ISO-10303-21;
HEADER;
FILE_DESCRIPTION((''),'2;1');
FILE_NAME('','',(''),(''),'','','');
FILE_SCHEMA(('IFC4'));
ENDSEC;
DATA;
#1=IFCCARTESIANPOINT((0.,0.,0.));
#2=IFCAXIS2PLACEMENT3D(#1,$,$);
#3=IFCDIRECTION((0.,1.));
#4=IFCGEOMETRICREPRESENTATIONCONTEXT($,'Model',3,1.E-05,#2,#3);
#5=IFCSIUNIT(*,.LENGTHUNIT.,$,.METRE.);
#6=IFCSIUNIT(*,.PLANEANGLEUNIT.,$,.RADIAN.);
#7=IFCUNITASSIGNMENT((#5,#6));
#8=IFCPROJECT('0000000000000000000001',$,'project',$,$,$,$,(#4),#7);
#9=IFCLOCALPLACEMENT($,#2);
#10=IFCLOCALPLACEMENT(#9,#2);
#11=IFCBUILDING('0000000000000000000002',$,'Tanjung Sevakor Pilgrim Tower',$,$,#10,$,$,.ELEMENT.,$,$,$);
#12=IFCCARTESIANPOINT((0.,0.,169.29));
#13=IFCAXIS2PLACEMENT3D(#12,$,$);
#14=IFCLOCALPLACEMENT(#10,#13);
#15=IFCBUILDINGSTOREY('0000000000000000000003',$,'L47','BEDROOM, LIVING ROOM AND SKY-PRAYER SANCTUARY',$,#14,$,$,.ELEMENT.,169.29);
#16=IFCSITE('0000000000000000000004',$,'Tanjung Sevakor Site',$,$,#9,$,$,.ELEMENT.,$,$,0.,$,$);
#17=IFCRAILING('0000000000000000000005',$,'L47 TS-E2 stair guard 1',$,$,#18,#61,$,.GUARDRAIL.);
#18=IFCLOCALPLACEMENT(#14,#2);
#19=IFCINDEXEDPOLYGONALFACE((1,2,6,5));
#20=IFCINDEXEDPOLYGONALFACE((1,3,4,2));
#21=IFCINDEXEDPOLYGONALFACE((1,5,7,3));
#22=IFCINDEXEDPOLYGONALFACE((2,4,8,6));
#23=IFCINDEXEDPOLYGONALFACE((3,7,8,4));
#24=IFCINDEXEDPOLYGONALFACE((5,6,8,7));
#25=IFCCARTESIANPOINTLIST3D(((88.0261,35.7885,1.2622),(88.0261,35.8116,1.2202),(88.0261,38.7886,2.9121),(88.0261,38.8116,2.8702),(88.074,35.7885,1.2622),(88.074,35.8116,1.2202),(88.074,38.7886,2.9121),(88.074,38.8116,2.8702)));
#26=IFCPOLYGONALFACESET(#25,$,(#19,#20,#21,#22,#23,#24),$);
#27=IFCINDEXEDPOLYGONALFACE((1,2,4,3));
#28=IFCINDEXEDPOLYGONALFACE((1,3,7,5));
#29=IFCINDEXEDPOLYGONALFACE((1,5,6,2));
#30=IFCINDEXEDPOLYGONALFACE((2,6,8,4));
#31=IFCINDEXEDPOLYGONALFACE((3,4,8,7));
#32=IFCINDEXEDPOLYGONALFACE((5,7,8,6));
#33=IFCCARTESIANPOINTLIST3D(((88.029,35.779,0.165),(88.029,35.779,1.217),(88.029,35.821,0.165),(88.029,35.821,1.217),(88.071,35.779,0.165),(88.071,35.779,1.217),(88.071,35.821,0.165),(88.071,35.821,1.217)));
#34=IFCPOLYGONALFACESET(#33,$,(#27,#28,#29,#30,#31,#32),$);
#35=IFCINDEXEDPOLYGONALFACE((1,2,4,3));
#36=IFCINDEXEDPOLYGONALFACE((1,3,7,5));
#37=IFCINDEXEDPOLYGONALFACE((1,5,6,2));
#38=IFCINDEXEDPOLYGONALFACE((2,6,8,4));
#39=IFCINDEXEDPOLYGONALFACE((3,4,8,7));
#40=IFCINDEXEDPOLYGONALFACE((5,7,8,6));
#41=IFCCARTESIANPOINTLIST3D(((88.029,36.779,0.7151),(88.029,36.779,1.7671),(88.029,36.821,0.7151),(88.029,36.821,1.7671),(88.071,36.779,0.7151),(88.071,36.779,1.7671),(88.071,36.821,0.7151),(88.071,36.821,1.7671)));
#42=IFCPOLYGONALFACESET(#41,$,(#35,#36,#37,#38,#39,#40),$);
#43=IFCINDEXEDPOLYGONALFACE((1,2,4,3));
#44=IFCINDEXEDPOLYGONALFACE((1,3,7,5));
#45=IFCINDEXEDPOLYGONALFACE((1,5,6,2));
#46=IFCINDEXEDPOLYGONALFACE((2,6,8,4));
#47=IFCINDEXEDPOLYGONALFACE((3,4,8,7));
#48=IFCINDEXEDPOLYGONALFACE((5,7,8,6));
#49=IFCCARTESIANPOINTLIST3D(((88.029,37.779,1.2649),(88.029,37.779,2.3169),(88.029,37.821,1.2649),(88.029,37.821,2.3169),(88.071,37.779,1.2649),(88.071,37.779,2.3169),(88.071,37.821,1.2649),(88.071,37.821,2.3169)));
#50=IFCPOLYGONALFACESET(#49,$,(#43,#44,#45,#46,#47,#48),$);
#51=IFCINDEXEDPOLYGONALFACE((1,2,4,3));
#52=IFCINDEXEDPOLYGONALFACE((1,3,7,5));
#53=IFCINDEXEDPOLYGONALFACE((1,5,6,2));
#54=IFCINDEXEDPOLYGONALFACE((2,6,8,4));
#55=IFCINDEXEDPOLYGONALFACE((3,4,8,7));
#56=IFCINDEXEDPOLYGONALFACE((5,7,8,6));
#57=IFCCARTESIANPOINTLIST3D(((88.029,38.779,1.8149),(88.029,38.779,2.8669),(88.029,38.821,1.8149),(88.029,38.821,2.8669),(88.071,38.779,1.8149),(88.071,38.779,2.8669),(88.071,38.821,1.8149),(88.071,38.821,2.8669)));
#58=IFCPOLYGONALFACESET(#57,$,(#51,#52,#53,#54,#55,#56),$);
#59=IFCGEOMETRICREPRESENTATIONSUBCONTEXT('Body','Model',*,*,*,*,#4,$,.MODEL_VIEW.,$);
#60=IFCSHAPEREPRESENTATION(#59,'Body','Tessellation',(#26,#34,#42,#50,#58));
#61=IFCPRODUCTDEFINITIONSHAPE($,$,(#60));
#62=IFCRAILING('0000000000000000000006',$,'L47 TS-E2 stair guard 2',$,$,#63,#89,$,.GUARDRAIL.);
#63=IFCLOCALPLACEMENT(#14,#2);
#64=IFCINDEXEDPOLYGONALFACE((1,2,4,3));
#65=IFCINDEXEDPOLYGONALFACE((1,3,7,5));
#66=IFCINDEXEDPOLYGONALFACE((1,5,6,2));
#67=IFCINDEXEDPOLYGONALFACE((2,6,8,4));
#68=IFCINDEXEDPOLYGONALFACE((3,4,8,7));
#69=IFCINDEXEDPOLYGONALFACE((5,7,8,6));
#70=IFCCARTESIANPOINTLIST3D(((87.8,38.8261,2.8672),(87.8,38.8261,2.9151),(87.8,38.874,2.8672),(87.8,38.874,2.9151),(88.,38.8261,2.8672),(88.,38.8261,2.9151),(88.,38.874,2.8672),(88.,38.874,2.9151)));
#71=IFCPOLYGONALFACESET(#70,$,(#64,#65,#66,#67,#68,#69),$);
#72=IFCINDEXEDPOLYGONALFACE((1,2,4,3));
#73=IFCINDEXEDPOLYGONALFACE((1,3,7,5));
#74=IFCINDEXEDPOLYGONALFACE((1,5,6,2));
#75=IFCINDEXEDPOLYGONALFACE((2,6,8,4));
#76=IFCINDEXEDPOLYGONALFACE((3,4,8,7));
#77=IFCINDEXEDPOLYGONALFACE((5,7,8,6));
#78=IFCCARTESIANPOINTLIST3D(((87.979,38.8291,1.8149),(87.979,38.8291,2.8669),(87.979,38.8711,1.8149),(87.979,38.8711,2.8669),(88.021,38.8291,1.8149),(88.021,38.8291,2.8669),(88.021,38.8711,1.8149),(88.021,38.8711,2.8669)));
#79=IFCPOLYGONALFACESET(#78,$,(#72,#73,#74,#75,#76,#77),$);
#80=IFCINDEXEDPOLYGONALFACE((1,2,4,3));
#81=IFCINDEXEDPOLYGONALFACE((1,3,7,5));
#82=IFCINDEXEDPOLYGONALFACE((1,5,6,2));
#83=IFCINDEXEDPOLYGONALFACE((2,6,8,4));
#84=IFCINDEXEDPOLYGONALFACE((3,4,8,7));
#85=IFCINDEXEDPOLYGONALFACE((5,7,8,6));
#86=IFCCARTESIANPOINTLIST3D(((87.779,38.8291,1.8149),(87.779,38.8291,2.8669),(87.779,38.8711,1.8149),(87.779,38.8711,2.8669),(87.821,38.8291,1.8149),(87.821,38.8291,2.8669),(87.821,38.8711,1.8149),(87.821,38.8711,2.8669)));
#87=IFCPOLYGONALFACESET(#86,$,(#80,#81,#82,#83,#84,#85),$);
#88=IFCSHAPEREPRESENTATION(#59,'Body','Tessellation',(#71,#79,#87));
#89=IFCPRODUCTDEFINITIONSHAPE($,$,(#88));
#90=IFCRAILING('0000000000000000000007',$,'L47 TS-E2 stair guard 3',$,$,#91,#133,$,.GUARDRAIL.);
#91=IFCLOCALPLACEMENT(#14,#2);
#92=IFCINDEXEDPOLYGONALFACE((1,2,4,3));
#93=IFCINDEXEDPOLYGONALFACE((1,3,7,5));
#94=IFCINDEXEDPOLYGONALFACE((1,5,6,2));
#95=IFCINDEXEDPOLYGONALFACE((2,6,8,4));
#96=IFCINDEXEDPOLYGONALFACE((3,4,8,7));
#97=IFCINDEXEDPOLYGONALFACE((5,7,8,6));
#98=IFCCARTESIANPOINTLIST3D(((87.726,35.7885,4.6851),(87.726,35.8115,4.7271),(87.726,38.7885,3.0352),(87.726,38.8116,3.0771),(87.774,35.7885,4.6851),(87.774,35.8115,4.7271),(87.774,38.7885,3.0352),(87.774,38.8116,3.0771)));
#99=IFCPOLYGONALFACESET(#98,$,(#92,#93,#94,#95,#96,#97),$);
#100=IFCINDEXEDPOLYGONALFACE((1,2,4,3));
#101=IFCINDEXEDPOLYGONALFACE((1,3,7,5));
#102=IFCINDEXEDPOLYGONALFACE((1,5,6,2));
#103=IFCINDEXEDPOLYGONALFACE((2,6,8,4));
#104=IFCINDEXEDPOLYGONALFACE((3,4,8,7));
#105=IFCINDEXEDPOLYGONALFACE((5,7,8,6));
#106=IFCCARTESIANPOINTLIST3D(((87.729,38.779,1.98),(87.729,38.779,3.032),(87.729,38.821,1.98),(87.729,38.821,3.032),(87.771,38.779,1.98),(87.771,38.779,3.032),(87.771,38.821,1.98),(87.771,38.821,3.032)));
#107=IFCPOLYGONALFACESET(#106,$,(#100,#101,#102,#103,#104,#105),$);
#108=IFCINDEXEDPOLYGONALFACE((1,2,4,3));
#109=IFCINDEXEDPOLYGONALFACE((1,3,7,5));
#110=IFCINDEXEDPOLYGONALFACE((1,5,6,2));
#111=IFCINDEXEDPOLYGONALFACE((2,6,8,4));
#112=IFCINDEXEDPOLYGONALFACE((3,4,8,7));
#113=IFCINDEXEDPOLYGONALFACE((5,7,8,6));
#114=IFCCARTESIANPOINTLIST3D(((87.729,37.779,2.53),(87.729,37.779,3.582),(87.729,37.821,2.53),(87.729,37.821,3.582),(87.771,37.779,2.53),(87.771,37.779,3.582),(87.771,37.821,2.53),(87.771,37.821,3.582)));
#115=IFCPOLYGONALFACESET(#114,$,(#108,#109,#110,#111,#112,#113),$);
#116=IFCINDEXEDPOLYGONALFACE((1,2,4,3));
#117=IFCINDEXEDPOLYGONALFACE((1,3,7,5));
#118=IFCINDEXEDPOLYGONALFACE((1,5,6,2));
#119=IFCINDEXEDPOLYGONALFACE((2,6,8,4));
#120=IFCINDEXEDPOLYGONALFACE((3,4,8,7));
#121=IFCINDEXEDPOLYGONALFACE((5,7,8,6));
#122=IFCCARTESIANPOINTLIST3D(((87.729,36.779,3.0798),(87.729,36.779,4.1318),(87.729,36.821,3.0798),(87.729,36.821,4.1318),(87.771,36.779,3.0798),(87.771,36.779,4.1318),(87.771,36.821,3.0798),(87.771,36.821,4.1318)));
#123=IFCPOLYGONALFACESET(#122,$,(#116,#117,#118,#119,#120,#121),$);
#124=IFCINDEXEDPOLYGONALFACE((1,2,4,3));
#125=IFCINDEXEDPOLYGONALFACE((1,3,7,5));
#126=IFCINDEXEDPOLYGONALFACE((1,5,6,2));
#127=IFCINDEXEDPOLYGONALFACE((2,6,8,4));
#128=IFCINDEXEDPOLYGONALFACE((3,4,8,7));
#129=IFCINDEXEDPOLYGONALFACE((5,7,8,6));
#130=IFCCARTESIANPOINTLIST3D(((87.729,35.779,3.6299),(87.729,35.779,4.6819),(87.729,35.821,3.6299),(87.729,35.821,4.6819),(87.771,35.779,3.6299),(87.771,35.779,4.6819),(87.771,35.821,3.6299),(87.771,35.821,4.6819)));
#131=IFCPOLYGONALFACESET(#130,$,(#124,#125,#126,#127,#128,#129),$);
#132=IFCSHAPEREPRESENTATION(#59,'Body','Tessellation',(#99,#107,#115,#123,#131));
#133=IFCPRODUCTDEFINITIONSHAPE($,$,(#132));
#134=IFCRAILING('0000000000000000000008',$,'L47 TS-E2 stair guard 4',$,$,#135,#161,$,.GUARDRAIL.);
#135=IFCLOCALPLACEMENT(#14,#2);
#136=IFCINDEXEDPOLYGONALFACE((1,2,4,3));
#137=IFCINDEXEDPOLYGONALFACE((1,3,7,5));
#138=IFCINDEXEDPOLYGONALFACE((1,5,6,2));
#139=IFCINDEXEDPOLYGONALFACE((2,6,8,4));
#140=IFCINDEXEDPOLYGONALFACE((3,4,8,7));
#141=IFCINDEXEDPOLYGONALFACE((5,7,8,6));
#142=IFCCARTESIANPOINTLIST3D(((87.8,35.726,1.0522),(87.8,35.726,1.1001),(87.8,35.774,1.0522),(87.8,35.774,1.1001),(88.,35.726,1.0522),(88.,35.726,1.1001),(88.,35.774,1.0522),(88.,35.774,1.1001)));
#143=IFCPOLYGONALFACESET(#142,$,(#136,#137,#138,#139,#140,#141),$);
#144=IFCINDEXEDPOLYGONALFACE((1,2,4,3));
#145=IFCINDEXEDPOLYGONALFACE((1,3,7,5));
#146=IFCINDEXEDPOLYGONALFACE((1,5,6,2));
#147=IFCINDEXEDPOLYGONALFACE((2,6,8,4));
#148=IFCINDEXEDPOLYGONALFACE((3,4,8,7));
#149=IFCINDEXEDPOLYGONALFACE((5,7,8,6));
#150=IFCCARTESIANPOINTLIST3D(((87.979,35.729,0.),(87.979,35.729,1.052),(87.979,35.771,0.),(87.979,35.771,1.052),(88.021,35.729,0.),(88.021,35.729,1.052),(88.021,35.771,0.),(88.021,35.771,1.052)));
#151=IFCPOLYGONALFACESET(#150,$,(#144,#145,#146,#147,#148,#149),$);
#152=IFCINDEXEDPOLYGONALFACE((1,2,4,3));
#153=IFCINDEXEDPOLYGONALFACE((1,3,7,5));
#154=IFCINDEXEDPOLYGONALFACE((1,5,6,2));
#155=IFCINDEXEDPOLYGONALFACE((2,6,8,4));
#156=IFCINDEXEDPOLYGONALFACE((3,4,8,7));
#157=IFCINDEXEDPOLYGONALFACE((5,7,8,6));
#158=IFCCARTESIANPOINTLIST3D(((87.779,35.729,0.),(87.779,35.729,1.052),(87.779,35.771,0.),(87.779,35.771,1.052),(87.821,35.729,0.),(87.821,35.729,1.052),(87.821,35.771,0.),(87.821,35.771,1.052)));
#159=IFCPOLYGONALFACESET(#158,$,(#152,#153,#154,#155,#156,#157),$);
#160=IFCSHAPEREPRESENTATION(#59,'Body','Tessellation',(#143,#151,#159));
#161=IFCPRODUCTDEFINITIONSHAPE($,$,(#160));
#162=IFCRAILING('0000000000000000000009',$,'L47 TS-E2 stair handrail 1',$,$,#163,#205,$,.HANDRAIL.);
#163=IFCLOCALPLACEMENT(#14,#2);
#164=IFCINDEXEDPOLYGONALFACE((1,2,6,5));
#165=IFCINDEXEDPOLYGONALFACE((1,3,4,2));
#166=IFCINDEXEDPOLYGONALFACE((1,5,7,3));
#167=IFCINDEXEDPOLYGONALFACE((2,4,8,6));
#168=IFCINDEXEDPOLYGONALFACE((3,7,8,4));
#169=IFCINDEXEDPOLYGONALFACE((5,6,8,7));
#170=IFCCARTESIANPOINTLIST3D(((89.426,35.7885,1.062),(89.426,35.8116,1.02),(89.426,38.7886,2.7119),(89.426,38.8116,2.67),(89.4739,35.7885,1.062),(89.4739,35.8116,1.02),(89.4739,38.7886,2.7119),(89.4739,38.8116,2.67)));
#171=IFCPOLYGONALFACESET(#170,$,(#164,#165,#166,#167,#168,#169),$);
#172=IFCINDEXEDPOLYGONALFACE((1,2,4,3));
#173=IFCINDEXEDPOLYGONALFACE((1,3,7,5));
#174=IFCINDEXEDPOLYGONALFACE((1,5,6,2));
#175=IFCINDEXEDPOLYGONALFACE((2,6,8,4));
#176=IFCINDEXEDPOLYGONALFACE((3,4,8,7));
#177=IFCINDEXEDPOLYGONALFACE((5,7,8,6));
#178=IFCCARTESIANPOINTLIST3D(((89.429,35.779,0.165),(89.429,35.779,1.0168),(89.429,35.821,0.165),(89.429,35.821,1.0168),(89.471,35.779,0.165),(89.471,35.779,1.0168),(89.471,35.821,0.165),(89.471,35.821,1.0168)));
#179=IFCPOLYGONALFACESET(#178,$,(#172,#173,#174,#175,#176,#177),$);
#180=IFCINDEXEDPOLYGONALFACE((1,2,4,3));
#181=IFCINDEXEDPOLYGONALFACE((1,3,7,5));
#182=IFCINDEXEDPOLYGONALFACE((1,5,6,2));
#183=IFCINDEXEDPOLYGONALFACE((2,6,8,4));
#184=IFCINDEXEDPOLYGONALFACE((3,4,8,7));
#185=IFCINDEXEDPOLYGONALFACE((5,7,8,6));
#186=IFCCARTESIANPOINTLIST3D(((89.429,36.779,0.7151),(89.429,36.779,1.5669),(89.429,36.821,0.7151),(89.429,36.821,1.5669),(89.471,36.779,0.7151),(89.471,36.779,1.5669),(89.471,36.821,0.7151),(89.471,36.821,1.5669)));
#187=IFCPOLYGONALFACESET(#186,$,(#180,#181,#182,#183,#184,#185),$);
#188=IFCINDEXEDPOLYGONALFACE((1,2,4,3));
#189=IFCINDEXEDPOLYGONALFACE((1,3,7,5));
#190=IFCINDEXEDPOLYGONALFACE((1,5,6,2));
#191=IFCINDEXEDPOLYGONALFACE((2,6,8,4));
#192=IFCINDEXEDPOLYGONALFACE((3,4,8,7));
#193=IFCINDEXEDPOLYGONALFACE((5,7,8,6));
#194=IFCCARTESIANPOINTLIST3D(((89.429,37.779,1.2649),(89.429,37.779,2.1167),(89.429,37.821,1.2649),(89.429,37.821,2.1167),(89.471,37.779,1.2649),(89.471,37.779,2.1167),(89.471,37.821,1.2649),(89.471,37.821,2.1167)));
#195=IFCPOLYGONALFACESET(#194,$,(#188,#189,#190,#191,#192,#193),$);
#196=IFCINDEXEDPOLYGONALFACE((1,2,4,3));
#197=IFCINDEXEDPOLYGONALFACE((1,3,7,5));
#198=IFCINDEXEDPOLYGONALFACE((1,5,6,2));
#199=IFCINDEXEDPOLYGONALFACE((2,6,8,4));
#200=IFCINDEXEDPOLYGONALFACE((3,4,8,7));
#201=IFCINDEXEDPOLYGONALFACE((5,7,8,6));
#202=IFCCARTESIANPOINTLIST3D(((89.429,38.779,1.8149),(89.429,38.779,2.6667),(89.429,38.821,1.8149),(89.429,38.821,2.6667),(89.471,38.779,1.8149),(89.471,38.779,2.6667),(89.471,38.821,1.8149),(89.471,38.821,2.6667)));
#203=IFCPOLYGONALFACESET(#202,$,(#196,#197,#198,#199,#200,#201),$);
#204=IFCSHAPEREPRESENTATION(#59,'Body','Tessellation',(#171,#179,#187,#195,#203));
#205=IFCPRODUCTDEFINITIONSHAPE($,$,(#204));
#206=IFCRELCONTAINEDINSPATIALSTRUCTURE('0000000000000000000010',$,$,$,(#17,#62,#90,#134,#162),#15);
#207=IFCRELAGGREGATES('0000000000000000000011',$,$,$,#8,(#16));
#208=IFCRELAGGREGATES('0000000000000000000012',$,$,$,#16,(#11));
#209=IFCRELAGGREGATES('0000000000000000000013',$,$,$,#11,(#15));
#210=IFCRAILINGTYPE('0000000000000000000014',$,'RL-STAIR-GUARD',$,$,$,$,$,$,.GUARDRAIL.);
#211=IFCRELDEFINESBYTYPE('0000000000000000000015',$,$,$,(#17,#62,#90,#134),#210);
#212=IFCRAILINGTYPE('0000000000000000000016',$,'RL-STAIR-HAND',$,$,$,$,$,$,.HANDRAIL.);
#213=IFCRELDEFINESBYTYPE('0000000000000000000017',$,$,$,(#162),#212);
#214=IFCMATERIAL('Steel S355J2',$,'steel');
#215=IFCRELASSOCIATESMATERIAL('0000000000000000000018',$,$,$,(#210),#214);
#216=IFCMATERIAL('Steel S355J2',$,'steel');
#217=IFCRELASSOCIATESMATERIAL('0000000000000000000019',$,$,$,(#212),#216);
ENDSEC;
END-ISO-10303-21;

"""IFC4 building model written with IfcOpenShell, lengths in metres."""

from ifc_helpers import new_model, si_unit, direction, frame, origin, place, context, subcontext, project, spatial, rectangle, extrude, material, type_object, element, save


model = new_model("IFC4")

# Units and contexts
model_context = context("Model", 3, precision=1e-05, world=origin(), true_north=direction((0.0, 1.0)))
body_context = subcontext(model_context, "Body", "Model", "MODEL_VIEW")
ifc_project = project(units=[si_unit("LENGTHUNIT", "METRE"), si_unit("PLANEANGLEUNIT", "RADIAN")], contexts=[model_context])

# Site, building, storey
site_placement = place(None, origin())
site = spatial("IfcSite", under=ifc_project, at=site_placement, Name="Tanjung Sevakor Site", CompositionType="ELEMENT", RefElevation=0.0)
building_placement = place(site_placement, origin())
building = spatial("IfcBuilding", under=site, at=building_placement, Name="Tanjung Sevakor Pilgrim Tower", CompositionType="ELEMENT")
storey_placement = place(building_placement, frame((0.0, 0.0, 169.29)))
storey = spatial("IfcBuildingStorey", under=building, at=storey_placement, Name="L47", Description="BEDROOM, LIVING ROOM AND SKY-PRAYER SANCTUARY", CompositionType="ELEMENT", Elevation=169.29)

# Railings
ifc_material_1 = material(Name="Steel S355J2", Category="steel")
railing_type_1 = type_object("IfcRailingType", Name="RL-STAIR-GUARD", PredefinedType="GUARDRAIL", material=ifc_material_1)
railing_1_placement = place(storey_placement, frame((88.05, 35.8, 0.165)))
element("IfcRailing", 1, at=railing_1_placement, inside=storey, type_object=railing_type_1, Name="L47 TS-E2 stair guard 1", PredefinedType="GUARDRAIL", context=body_context, shape_type="SweptSolid", body=[
    extrude(rectangle(XDim=0.0479, YDim=0.0479), frame((0.0, 0.0, 1.0762), z_axis=(0.0, 0.876228, 0.481897), x_axis=(-1.0, 0.0, 0.0)), (0.0, 0.0, 1.0), 3.4238),
    extrude(rectangle(XDim=0.042, YDim=0.042), origin(), (0.0, 0.0, 1.0), 1.052),
    extrude(rectangle(XDim=0.042, YDim=0.042), frame((0.0, 1.0, 0.55)), (0.0, 0.0, 1.0), 1.052),
    extrude(rectangle(XDim=0.042, YDim=0.042), frame((0.0, 2.0, 1.0999)), (0.0, 0.0, 1.0), 1.052),
    extrude(rectangle(XDim=0.042, YDim=0.042), frame((0.0, 3.0, 1.6499)), (0.0, 0.0, 1.0), 1.052),
])
railing_2_placement = place(storey_placement, frame((88.0, 38.8501, 1.8149)))
element("IfcRailing", 2, at=railing_2_placement, inside=storey, type_object=railing_type_1, Name="L47 TS-E2 stair guard 2", PredefinedType="GUARDRAIL", context=body_context, shape_type="SweptSolid", body=[
    extrude(rectangle(XDim=0.0479, YDim=0.0479), frame((0.0, 0.0, 1.0762), z_axis=(-1.0, 0.0, 0.0), x_axis=(0.0, -1.0, 0.0)), (0.0, 0.0, 1.0), 0.2),
    extrude(rectangle(XDim=0.042, YDim=0.042), origin(), (0.0, 0.0, 1.0), 1.052),
    extrude(rectangle(XDim=0.042, YDim=0.042), frame((-0.2, 0.0, 0.0)), (0.0, 0.0, 1.0), 1.052),
])
railing_3_placement = place(storey_placement, frame((87.75, 38.8, 1.98)))
element("IfcRailing", 3, at=railing_3_placement, inside=storey, type_object=railing_type_1, Name="L47 TS-E2 stair guard 3", PredefinedType="GUARDRAIL", context=body_context, shape_type="SweptSolid", body=[
    extrude(rectangle(XDim=0.0479, YDim=0.0479), frame((0.0, 0.0, 1.0762), z_axis=(0.0, -0.876228, 0.481897), x_axis=(1.0, 0.0, 0.0)), (0.0, 0.0, 1.0), 3.4238),
    extrude(rectangle(XDim=0.042, YDim=0.042), origin(), (0.0, 0.0, 1.0), 1.052),
    extrude(rectangle(XDim=0.042, YDim=0.042), frame((0.0, -1.0, 0.55)), (0.0, 0.0, 1.0), 1.052),
    extrude(rectangle(XDim=0.042, YDim=0.042), frame((0.0, -2.0, 1.0999)), (0.0, 0.0, 1.0), 1.052),
    extrude(rectangle(XDim=0.042, YDim=0.042), frame((0.0, -3.0, 1.6499)), (0.0, 0.0, 1.0), 1.052),
])
railing_4_placement = place(storey_placement, frame((88.0, 35.75, 0.0)))
element("IfcRailing", 4, at=railing_4_placement, inside=storey, type_object=railing_type_1, Name="L47 TS-E2 stair guard 4", PredefinedType="GUARDRAIL", context=body_context, shape_type="SweptSolid", body=[
    extrude(rectangle(XDim=0.0479, YDim=0.0479), frame((0.0, 0.0, 1.0762), z_axis=(-1.0, 0.0, 0.0), x_axis=(0.0, -1.0, 0.0)), (0.0, 0.0, 1.0), 0.2),
    extrude(rectangle(XDim=0.042, YDim=0.042), origin(), (0.0, 0.0, 1.0), 1.052),
    extrude(rectangle(XDim=0.042, YDim=0.042), frame((-0.2, 0.0, 0.0)), (0.0, 0.0, 1.0), 1.052),
])
ifc_material_2 = material(Name="Steel S355J2", Category="steel")
railing_type_2 = type_object("IfcRailingType", Name="RL-STAIR-HAND", PredefinedType="HANDRAIL", material=ifc_material_2)
railing_5_placement = place(storey_placement, frame((89.45, 35.8, 0.165)))
element("IfcRailing", 5, at=railing_5_placement, inside=storey, type_object=railing_type_2, Name="L47 TS-E2 stair handrail 1", PredefinedType="HANDRAIL", context=body_context, shape_type="SweptSolid", body=[
    extrude(rectangle(XDim=0.0479, YDim=0.0479), frame((0.0, 0.0, 0.876), z_axis=(0.0, 0.876228, 0.481897), x_axis=(-1.0, 0.0, 0.0)), (0.0, 0.0, 1.0), 3.4238),
    extrude(rectangle(XDim=0.042, YDim=0.042), origin(), (0.0, 0.0, 1.0), 0.8518),
    extrude(rectangle(XDim=0.042, YDim=0.042), frame((0.0, 1.0, 0.55)), (0.0, 0.0, 1.0), 0.8518),
    extrude(rectangle(XDim=0.042, YDim=0.042), frame((0.0, 2.0, 1.0999)), (0.0, 0.0, 1.0), 0.8518),
    extrude(rectangle(XDim=0.042, YDim=0.042), frame((0.0, 3.0, 1.6499)), (0.0, 0.0, 1.0), 0.8518),
])

save(model, "model.ifc")
